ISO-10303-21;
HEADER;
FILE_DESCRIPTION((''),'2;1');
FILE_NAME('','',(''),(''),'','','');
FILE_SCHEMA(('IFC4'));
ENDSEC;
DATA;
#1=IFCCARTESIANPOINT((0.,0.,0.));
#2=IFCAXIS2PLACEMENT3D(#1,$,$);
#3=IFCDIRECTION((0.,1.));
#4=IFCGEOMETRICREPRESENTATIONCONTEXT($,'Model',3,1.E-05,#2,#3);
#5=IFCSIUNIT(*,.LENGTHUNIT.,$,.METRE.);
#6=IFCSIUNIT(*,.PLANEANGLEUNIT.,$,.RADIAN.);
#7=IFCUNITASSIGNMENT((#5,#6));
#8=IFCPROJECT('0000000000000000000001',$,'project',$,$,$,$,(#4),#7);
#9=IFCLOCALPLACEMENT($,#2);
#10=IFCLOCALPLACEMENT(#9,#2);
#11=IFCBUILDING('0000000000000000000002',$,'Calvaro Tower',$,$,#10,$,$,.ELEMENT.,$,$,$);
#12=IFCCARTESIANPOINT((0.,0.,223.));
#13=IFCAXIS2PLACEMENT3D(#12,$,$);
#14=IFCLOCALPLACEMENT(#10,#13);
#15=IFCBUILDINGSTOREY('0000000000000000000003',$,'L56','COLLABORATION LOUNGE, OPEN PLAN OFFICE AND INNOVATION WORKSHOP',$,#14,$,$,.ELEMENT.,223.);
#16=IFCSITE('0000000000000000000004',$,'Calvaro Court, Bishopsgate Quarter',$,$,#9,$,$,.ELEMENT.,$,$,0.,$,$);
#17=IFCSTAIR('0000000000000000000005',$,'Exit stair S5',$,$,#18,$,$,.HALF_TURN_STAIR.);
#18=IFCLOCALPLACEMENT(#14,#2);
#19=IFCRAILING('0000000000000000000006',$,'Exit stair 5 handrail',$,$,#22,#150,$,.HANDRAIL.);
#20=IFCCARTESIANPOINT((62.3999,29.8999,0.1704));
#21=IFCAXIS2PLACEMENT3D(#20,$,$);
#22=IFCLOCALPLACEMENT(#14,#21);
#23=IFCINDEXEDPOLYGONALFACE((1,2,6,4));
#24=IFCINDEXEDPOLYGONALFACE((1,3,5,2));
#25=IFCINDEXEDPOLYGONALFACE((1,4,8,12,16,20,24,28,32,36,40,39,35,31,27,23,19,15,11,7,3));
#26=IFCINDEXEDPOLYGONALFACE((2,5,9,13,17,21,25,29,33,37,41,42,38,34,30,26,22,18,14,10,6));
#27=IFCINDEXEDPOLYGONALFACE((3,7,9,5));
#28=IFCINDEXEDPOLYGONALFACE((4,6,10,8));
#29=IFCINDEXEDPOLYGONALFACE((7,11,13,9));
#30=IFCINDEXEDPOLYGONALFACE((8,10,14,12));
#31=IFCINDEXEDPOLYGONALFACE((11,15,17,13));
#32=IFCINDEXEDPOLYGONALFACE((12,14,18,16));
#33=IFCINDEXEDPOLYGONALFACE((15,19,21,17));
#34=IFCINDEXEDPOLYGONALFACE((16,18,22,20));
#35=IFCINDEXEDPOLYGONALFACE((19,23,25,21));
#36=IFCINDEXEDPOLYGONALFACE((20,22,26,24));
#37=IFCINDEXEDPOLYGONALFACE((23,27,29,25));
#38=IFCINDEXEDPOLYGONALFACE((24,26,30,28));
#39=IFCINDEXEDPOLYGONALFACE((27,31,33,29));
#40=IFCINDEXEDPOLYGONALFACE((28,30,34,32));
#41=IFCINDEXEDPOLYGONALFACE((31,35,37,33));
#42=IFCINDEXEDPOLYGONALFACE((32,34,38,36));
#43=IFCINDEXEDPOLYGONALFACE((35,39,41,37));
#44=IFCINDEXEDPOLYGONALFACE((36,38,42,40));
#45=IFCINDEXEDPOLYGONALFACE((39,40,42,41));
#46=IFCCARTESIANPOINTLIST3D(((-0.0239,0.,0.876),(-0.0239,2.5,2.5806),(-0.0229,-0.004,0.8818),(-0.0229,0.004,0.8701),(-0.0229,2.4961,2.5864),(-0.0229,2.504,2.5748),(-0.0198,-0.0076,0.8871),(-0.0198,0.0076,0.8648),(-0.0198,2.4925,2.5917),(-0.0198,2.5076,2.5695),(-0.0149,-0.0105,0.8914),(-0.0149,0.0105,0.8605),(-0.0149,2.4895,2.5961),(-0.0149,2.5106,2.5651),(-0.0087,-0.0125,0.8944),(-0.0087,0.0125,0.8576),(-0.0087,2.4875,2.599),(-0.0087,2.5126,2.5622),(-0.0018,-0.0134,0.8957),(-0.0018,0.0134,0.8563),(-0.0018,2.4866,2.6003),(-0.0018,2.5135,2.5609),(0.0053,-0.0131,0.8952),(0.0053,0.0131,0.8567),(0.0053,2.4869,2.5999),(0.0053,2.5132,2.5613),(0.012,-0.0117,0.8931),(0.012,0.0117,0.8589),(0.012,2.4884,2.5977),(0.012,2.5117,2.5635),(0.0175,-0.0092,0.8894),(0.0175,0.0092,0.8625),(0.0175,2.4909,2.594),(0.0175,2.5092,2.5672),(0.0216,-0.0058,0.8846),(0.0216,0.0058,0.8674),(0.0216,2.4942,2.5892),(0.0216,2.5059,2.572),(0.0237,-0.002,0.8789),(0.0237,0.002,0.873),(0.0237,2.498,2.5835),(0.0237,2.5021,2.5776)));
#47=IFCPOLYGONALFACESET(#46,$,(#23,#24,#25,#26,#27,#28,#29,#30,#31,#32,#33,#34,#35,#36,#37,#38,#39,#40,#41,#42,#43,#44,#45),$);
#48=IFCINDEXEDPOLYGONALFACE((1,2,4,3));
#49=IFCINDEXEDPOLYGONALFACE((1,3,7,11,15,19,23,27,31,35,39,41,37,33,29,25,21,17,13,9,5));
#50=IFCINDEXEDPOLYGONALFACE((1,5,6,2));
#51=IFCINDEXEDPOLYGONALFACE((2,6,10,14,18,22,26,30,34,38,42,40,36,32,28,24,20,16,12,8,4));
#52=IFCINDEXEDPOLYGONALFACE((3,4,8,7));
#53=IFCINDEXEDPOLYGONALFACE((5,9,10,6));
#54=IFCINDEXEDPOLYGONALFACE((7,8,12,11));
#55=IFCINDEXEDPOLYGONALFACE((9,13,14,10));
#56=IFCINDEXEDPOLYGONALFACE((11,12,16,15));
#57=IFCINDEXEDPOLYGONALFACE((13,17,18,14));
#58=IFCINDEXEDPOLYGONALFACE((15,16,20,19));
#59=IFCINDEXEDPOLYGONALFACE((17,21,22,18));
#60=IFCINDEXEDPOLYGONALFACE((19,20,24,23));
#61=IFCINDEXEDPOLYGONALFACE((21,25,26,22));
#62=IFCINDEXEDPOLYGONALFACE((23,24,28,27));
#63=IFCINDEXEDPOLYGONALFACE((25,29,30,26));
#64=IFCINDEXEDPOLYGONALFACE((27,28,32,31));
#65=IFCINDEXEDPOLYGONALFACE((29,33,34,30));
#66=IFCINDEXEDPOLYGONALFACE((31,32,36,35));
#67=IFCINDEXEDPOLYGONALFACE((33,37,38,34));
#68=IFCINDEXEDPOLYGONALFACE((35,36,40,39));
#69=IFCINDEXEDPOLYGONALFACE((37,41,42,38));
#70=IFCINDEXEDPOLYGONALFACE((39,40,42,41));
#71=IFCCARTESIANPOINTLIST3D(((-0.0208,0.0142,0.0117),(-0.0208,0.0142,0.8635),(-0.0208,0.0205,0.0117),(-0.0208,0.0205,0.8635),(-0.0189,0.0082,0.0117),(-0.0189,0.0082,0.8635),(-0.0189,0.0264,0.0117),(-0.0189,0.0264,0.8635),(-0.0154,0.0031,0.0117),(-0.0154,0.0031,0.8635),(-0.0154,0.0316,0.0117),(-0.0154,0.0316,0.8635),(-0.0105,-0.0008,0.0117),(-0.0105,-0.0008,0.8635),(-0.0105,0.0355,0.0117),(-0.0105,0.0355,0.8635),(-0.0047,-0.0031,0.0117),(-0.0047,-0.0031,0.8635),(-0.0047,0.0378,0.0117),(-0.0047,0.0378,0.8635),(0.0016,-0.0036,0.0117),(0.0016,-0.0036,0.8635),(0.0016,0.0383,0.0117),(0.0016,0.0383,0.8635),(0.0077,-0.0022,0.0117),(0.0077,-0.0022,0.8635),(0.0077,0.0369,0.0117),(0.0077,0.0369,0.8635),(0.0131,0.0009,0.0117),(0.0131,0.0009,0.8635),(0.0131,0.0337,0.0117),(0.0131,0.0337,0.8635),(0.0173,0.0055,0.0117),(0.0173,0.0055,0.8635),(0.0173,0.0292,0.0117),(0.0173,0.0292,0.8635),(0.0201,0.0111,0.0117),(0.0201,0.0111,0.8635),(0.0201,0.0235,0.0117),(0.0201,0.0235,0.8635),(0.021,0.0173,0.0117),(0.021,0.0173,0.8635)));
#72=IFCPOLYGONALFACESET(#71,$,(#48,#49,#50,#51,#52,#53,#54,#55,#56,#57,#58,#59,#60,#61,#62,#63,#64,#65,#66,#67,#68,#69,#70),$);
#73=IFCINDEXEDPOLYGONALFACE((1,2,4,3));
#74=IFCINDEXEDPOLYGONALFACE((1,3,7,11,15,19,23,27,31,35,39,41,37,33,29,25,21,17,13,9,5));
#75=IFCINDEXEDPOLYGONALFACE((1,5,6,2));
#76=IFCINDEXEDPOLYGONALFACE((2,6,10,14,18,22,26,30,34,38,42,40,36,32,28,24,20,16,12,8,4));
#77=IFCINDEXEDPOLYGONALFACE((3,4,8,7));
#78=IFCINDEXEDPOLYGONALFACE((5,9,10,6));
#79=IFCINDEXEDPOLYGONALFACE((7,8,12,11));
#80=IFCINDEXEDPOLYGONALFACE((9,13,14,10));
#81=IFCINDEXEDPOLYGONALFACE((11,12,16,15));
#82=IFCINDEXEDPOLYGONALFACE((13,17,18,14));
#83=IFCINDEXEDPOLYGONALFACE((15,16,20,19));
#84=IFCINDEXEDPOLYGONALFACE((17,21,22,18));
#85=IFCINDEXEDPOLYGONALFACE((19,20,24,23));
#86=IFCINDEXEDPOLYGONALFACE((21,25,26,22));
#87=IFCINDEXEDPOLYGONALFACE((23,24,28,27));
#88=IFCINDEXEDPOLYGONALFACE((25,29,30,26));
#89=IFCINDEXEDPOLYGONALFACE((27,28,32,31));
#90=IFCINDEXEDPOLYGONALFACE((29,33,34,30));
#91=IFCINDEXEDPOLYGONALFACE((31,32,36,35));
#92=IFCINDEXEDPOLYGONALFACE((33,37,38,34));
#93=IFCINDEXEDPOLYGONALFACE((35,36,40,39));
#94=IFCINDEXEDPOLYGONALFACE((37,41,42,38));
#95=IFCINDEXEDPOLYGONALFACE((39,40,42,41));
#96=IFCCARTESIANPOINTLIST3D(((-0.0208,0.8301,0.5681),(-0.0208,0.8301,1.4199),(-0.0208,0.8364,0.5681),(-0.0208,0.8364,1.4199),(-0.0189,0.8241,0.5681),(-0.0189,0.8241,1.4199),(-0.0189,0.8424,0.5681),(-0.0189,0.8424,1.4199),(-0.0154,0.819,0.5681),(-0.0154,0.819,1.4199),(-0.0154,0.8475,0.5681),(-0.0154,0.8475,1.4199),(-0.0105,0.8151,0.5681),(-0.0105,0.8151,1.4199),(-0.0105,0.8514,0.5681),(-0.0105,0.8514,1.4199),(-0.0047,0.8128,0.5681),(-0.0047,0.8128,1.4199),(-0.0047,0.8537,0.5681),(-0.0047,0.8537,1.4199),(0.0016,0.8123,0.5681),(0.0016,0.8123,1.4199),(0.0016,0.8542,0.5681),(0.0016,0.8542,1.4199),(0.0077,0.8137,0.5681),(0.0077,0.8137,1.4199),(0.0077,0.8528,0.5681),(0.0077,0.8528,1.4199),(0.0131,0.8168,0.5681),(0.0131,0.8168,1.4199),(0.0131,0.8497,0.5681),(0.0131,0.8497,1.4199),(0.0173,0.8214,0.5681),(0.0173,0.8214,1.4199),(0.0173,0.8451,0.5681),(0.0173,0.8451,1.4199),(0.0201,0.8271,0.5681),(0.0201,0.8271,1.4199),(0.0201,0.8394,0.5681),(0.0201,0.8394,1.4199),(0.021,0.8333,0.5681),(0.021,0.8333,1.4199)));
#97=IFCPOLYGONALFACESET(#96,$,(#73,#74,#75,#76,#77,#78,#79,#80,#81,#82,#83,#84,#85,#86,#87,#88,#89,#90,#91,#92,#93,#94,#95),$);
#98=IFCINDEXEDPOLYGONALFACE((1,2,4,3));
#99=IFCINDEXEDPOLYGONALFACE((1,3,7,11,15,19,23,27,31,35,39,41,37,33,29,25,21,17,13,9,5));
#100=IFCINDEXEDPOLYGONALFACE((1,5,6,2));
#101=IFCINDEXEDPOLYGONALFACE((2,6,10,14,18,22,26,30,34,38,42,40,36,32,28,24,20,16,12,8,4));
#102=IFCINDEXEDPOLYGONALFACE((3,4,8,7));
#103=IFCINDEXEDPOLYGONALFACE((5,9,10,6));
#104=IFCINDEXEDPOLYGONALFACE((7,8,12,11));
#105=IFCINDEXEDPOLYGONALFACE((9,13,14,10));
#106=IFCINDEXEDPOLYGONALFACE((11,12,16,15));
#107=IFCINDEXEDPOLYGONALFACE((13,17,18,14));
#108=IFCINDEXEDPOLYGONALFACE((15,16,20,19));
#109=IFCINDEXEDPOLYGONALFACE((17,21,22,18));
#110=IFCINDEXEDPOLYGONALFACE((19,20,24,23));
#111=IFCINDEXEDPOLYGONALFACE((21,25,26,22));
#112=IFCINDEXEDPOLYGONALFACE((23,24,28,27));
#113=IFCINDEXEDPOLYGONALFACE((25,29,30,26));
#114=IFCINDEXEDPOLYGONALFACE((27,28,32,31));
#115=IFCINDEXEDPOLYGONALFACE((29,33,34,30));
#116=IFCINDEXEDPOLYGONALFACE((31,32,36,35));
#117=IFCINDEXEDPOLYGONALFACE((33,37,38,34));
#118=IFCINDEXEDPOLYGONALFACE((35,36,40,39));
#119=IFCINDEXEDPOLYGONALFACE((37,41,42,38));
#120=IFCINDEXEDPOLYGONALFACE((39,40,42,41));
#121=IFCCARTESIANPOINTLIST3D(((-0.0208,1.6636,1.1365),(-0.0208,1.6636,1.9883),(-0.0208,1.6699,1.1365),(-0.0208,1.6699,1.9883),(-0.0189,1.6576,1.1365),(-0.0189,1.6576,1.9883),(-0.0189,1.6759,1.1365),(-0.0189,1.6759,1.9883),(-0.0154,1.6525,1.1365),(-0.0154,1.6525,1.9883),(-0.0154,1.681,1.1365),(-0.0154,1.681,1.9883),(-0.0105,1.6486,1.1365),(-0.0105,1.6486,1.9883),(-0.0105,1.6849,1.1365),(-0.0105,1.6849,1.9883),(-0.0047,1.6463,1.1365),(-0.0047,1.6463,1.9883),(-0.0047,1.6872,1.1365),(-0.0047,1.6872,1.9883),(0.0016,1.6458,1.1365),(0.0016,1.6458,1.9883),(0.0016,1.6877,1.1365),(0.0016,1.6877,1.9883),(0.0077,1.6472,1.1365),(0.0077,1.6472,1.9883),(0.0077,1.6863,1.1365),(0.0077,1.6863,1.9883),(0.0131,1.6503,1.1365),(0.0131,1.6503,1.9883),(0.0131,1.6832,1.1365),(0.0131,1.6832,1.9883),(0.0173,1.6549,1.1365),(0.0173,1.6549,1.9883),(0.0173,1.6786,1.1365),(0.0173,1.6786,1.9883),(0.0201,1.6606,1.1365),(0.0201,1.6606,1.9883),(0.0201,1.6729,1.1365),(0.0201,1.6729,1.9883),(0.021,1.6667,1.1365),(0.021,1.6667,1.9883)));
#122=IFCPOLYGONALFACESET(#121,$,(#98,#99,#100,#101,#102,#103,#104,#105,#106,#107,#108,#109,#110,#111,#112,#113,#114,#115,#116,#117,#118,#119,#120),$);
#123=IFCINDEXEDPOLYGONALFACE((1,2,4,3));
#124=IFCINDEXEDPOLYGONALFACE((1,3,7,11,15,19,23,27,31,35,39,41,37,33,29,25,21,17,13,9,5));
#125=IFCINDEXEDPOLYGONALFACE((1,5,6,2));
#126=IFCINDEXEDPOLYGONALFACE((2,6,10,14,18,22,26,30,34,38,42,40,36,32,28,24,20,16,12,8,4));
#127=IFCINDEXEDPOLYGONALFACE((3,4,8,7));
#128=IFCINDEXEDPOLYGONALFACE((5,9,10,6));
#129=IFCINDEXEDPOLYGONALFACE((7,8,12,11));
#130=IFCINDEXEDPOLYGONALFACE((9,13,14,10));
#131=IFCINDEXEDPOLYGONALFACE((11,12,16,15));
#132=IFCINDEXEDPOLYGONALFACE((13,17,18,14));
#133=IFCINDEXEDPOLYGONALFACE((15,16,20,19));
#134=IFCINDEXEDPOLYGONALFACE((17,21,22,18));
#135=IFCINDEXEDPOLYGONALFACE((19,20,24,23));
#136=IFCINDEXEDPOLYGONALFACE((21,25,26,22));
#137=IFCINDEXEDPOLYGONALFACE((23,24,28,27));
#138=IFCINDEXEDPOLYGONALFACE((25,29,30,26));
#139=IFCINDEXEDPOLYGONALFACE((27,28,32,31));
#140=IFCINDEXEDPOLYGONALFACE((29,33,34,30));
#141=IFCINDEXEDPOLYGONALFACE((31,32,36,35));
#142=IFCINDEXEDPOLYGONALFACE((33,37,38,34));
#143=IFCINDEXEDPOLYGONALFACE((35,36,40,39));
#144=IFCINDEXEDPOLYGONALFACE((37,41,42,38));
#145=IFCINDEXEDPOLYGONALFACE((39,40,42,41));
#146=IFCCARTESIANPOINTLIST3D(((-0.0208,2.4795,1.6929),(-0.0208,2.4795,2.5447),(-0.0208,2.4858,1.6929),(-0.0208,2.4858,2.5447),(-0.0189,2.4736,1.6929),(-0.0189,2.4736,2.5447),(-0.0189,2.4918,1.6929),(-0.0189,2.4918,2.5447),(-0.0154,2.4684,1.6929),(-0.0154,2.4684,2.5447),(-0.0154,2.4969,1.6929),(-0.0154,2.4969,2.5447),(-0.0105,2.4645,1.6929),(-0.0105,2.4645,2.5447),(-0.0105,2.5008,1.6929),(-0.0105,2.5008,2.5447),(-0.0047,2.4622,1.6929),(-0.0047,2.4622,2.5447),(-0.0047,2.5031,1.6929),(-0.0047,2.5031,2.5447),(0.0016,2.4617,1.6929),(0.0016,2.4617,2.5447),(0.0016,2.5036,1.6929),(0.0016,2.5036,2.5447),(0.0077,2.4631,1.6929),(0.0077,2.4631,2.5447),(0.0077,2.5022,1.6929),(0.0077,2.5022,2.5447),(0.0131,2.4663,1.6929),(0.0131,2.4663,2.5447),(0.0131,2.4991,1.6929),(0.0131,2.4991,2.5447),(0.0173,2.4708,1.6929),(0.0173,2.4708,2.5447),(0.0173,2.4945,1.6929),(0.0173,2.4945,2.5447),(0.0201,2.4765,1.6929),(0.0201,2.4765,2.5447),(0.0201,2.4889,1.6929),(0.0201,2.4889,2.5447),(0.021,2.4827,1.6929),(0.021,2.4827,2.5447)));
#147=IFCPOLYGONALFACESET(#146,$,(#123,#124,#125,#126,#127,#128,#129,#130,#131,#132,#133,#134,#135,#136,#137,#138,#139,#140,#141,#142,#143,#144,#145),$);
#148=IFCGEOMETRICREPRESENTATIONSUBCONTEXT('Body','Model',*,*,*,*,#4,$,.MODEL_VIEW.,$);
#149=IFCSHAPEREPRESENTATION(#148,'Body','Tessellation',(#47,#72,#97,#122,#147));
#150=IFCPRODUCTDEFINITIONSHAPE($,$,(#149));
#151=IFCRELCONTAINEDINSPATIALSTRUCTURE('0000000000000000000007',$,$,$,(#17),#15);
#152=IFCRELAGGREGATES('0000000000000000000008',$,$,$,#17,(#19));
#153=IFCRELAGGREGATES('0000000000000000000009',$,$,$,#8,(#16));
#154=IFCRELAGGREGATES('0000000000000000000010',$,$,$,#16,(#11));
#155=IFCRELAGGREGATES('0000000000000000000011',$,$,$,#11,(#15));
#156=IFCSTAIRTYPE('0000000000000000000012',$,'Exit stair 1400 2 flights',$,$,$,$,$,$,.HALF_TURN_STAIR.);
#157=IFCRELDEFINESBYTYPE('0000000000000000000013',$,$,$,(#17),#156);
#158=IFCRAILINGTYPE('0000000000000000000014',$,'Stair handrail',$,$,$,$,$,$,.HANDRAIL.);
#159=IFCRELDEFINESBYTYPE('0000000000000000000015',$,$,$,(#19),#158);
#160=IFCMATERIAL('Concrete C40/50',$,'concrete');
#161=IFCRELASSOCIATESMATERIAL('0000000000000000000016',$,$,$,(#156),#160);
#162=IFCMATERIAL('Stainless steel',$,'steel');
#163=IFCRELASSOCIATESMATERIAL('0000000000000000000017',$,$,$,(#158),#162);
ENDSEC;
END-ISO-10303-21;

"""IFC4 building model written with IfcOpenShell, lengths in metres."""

from ifc_helpers import new_model, si_unit, direction, frame, origin, origin_2d, place, context, subcontext, project, spatial, circle, extrude, material, type_object, element, aggregate, save


model = new_model("IFC4")

# Units and contexts
model_context = context("Model", 3, precision=1e-05, world=origin(), true_north=direction((0.0, 1.0)))
body_context = subcontext(model_context, "Body", "Model", "MODEL_VIEW")
ifc_project = project(units=[si_unit("LENGTHUNIT", "METRE"), si_unit("PLANEANGLEUNIT", "RADIAN")], contexts=[model_context])

# Site, building, storey
site_placement = place(None, origin())
site = spatial("IfcSite", under=ifc_project, at=site_placement, Name="Calvaro Court, Bishopsgate Quarter", CompositionType="ELEMENT", RefElevation=0.0)
building_placement = place(site_placement, origin())
building = spatial("IfcBuilding", under=site, at=building_placement, Name="Calvaro Tower", CompositionType="ELEMENT")
storey_placement = place(building_placement, frame((0.0, 0.0, 223.0)))
storey = spatial("IfcBuildingStorey", under=building, at=storey_placement, Name="L56", Description="COLLABORATION LOUNGE, OPEN PLAN OFFICE AND INNOVATION WORKSHOP", CompositionType="ELEMENT", Elevation=223.0)

# Stair, railing
ifc_material_1 = material(Name="Concrete C40/50", Category="concrete")
stair_type = type_object("IfcStairType", Name="Exit stair 1400 2 flights", PredefinedType="HALF_TURN_STAIR", material=ifc_material_1)
stair_placement = place(storey_placement, origin())
stair = element("IfcStair", 1, at=stair_placement, inside=storey, type_object=stair_type, Name="Exit stair S5", PredefinedType="HALF_TURN_STAIR")
ifc_material_2 = material(Name="Stainless steel", Category="steel")
railing_type = type_object("IfcRailingType", Name="Stair handrail", PredefinedType="HANDRAIL", material=ifc_material_2)
railing_1_placement = place(storey_placement, frame((62.3999, 29.8999, 0.1704)))
railing_1 = element("IfcRailing", 2, at=railing_1_placement, type_object=railing_type, Name="Exit stair 5 handrail", PredefinedType="HANDRAIL", context=body_context, shape_type="SweptSolid", body=[
    extrude(circle(Radius=0.0239, at=origin_2d()), frame((0.0, 0.0, 0.876), z_axis=(0.0, 0.826221, 0.563347), x_axis=(-1.0, 0.0, 0.0)), (0.0, 0.0, 1.0), 3.0259),
    extrude(circle(Radius=0.021, at=origin_2d()), frame((0.0, 0.0173, 0.0117)), (0.0, 0.0, 1.0), 0.8518),
    extrude(circle(Radius=0.021, at=origin_2d()), frame((0.0, 0.8333, 0.5681)), (0.0, 0.0, 1.0), 0.8518),
    extrude(circle(Radius=0.021, at=origin_2d()), frame((0.0, 1.6667, 1.1365)), (0.0, 0.0, 1.0), 0.8518),
    extrude(circle(Radius=0.021, at=origin_2d()), frame((0.0, 2.4827, 1.6929)), (0.0, 0.0, 1.0), 0.8518),
])
aggregate(stair, [railing_1])

save(model, "model.ifc")
